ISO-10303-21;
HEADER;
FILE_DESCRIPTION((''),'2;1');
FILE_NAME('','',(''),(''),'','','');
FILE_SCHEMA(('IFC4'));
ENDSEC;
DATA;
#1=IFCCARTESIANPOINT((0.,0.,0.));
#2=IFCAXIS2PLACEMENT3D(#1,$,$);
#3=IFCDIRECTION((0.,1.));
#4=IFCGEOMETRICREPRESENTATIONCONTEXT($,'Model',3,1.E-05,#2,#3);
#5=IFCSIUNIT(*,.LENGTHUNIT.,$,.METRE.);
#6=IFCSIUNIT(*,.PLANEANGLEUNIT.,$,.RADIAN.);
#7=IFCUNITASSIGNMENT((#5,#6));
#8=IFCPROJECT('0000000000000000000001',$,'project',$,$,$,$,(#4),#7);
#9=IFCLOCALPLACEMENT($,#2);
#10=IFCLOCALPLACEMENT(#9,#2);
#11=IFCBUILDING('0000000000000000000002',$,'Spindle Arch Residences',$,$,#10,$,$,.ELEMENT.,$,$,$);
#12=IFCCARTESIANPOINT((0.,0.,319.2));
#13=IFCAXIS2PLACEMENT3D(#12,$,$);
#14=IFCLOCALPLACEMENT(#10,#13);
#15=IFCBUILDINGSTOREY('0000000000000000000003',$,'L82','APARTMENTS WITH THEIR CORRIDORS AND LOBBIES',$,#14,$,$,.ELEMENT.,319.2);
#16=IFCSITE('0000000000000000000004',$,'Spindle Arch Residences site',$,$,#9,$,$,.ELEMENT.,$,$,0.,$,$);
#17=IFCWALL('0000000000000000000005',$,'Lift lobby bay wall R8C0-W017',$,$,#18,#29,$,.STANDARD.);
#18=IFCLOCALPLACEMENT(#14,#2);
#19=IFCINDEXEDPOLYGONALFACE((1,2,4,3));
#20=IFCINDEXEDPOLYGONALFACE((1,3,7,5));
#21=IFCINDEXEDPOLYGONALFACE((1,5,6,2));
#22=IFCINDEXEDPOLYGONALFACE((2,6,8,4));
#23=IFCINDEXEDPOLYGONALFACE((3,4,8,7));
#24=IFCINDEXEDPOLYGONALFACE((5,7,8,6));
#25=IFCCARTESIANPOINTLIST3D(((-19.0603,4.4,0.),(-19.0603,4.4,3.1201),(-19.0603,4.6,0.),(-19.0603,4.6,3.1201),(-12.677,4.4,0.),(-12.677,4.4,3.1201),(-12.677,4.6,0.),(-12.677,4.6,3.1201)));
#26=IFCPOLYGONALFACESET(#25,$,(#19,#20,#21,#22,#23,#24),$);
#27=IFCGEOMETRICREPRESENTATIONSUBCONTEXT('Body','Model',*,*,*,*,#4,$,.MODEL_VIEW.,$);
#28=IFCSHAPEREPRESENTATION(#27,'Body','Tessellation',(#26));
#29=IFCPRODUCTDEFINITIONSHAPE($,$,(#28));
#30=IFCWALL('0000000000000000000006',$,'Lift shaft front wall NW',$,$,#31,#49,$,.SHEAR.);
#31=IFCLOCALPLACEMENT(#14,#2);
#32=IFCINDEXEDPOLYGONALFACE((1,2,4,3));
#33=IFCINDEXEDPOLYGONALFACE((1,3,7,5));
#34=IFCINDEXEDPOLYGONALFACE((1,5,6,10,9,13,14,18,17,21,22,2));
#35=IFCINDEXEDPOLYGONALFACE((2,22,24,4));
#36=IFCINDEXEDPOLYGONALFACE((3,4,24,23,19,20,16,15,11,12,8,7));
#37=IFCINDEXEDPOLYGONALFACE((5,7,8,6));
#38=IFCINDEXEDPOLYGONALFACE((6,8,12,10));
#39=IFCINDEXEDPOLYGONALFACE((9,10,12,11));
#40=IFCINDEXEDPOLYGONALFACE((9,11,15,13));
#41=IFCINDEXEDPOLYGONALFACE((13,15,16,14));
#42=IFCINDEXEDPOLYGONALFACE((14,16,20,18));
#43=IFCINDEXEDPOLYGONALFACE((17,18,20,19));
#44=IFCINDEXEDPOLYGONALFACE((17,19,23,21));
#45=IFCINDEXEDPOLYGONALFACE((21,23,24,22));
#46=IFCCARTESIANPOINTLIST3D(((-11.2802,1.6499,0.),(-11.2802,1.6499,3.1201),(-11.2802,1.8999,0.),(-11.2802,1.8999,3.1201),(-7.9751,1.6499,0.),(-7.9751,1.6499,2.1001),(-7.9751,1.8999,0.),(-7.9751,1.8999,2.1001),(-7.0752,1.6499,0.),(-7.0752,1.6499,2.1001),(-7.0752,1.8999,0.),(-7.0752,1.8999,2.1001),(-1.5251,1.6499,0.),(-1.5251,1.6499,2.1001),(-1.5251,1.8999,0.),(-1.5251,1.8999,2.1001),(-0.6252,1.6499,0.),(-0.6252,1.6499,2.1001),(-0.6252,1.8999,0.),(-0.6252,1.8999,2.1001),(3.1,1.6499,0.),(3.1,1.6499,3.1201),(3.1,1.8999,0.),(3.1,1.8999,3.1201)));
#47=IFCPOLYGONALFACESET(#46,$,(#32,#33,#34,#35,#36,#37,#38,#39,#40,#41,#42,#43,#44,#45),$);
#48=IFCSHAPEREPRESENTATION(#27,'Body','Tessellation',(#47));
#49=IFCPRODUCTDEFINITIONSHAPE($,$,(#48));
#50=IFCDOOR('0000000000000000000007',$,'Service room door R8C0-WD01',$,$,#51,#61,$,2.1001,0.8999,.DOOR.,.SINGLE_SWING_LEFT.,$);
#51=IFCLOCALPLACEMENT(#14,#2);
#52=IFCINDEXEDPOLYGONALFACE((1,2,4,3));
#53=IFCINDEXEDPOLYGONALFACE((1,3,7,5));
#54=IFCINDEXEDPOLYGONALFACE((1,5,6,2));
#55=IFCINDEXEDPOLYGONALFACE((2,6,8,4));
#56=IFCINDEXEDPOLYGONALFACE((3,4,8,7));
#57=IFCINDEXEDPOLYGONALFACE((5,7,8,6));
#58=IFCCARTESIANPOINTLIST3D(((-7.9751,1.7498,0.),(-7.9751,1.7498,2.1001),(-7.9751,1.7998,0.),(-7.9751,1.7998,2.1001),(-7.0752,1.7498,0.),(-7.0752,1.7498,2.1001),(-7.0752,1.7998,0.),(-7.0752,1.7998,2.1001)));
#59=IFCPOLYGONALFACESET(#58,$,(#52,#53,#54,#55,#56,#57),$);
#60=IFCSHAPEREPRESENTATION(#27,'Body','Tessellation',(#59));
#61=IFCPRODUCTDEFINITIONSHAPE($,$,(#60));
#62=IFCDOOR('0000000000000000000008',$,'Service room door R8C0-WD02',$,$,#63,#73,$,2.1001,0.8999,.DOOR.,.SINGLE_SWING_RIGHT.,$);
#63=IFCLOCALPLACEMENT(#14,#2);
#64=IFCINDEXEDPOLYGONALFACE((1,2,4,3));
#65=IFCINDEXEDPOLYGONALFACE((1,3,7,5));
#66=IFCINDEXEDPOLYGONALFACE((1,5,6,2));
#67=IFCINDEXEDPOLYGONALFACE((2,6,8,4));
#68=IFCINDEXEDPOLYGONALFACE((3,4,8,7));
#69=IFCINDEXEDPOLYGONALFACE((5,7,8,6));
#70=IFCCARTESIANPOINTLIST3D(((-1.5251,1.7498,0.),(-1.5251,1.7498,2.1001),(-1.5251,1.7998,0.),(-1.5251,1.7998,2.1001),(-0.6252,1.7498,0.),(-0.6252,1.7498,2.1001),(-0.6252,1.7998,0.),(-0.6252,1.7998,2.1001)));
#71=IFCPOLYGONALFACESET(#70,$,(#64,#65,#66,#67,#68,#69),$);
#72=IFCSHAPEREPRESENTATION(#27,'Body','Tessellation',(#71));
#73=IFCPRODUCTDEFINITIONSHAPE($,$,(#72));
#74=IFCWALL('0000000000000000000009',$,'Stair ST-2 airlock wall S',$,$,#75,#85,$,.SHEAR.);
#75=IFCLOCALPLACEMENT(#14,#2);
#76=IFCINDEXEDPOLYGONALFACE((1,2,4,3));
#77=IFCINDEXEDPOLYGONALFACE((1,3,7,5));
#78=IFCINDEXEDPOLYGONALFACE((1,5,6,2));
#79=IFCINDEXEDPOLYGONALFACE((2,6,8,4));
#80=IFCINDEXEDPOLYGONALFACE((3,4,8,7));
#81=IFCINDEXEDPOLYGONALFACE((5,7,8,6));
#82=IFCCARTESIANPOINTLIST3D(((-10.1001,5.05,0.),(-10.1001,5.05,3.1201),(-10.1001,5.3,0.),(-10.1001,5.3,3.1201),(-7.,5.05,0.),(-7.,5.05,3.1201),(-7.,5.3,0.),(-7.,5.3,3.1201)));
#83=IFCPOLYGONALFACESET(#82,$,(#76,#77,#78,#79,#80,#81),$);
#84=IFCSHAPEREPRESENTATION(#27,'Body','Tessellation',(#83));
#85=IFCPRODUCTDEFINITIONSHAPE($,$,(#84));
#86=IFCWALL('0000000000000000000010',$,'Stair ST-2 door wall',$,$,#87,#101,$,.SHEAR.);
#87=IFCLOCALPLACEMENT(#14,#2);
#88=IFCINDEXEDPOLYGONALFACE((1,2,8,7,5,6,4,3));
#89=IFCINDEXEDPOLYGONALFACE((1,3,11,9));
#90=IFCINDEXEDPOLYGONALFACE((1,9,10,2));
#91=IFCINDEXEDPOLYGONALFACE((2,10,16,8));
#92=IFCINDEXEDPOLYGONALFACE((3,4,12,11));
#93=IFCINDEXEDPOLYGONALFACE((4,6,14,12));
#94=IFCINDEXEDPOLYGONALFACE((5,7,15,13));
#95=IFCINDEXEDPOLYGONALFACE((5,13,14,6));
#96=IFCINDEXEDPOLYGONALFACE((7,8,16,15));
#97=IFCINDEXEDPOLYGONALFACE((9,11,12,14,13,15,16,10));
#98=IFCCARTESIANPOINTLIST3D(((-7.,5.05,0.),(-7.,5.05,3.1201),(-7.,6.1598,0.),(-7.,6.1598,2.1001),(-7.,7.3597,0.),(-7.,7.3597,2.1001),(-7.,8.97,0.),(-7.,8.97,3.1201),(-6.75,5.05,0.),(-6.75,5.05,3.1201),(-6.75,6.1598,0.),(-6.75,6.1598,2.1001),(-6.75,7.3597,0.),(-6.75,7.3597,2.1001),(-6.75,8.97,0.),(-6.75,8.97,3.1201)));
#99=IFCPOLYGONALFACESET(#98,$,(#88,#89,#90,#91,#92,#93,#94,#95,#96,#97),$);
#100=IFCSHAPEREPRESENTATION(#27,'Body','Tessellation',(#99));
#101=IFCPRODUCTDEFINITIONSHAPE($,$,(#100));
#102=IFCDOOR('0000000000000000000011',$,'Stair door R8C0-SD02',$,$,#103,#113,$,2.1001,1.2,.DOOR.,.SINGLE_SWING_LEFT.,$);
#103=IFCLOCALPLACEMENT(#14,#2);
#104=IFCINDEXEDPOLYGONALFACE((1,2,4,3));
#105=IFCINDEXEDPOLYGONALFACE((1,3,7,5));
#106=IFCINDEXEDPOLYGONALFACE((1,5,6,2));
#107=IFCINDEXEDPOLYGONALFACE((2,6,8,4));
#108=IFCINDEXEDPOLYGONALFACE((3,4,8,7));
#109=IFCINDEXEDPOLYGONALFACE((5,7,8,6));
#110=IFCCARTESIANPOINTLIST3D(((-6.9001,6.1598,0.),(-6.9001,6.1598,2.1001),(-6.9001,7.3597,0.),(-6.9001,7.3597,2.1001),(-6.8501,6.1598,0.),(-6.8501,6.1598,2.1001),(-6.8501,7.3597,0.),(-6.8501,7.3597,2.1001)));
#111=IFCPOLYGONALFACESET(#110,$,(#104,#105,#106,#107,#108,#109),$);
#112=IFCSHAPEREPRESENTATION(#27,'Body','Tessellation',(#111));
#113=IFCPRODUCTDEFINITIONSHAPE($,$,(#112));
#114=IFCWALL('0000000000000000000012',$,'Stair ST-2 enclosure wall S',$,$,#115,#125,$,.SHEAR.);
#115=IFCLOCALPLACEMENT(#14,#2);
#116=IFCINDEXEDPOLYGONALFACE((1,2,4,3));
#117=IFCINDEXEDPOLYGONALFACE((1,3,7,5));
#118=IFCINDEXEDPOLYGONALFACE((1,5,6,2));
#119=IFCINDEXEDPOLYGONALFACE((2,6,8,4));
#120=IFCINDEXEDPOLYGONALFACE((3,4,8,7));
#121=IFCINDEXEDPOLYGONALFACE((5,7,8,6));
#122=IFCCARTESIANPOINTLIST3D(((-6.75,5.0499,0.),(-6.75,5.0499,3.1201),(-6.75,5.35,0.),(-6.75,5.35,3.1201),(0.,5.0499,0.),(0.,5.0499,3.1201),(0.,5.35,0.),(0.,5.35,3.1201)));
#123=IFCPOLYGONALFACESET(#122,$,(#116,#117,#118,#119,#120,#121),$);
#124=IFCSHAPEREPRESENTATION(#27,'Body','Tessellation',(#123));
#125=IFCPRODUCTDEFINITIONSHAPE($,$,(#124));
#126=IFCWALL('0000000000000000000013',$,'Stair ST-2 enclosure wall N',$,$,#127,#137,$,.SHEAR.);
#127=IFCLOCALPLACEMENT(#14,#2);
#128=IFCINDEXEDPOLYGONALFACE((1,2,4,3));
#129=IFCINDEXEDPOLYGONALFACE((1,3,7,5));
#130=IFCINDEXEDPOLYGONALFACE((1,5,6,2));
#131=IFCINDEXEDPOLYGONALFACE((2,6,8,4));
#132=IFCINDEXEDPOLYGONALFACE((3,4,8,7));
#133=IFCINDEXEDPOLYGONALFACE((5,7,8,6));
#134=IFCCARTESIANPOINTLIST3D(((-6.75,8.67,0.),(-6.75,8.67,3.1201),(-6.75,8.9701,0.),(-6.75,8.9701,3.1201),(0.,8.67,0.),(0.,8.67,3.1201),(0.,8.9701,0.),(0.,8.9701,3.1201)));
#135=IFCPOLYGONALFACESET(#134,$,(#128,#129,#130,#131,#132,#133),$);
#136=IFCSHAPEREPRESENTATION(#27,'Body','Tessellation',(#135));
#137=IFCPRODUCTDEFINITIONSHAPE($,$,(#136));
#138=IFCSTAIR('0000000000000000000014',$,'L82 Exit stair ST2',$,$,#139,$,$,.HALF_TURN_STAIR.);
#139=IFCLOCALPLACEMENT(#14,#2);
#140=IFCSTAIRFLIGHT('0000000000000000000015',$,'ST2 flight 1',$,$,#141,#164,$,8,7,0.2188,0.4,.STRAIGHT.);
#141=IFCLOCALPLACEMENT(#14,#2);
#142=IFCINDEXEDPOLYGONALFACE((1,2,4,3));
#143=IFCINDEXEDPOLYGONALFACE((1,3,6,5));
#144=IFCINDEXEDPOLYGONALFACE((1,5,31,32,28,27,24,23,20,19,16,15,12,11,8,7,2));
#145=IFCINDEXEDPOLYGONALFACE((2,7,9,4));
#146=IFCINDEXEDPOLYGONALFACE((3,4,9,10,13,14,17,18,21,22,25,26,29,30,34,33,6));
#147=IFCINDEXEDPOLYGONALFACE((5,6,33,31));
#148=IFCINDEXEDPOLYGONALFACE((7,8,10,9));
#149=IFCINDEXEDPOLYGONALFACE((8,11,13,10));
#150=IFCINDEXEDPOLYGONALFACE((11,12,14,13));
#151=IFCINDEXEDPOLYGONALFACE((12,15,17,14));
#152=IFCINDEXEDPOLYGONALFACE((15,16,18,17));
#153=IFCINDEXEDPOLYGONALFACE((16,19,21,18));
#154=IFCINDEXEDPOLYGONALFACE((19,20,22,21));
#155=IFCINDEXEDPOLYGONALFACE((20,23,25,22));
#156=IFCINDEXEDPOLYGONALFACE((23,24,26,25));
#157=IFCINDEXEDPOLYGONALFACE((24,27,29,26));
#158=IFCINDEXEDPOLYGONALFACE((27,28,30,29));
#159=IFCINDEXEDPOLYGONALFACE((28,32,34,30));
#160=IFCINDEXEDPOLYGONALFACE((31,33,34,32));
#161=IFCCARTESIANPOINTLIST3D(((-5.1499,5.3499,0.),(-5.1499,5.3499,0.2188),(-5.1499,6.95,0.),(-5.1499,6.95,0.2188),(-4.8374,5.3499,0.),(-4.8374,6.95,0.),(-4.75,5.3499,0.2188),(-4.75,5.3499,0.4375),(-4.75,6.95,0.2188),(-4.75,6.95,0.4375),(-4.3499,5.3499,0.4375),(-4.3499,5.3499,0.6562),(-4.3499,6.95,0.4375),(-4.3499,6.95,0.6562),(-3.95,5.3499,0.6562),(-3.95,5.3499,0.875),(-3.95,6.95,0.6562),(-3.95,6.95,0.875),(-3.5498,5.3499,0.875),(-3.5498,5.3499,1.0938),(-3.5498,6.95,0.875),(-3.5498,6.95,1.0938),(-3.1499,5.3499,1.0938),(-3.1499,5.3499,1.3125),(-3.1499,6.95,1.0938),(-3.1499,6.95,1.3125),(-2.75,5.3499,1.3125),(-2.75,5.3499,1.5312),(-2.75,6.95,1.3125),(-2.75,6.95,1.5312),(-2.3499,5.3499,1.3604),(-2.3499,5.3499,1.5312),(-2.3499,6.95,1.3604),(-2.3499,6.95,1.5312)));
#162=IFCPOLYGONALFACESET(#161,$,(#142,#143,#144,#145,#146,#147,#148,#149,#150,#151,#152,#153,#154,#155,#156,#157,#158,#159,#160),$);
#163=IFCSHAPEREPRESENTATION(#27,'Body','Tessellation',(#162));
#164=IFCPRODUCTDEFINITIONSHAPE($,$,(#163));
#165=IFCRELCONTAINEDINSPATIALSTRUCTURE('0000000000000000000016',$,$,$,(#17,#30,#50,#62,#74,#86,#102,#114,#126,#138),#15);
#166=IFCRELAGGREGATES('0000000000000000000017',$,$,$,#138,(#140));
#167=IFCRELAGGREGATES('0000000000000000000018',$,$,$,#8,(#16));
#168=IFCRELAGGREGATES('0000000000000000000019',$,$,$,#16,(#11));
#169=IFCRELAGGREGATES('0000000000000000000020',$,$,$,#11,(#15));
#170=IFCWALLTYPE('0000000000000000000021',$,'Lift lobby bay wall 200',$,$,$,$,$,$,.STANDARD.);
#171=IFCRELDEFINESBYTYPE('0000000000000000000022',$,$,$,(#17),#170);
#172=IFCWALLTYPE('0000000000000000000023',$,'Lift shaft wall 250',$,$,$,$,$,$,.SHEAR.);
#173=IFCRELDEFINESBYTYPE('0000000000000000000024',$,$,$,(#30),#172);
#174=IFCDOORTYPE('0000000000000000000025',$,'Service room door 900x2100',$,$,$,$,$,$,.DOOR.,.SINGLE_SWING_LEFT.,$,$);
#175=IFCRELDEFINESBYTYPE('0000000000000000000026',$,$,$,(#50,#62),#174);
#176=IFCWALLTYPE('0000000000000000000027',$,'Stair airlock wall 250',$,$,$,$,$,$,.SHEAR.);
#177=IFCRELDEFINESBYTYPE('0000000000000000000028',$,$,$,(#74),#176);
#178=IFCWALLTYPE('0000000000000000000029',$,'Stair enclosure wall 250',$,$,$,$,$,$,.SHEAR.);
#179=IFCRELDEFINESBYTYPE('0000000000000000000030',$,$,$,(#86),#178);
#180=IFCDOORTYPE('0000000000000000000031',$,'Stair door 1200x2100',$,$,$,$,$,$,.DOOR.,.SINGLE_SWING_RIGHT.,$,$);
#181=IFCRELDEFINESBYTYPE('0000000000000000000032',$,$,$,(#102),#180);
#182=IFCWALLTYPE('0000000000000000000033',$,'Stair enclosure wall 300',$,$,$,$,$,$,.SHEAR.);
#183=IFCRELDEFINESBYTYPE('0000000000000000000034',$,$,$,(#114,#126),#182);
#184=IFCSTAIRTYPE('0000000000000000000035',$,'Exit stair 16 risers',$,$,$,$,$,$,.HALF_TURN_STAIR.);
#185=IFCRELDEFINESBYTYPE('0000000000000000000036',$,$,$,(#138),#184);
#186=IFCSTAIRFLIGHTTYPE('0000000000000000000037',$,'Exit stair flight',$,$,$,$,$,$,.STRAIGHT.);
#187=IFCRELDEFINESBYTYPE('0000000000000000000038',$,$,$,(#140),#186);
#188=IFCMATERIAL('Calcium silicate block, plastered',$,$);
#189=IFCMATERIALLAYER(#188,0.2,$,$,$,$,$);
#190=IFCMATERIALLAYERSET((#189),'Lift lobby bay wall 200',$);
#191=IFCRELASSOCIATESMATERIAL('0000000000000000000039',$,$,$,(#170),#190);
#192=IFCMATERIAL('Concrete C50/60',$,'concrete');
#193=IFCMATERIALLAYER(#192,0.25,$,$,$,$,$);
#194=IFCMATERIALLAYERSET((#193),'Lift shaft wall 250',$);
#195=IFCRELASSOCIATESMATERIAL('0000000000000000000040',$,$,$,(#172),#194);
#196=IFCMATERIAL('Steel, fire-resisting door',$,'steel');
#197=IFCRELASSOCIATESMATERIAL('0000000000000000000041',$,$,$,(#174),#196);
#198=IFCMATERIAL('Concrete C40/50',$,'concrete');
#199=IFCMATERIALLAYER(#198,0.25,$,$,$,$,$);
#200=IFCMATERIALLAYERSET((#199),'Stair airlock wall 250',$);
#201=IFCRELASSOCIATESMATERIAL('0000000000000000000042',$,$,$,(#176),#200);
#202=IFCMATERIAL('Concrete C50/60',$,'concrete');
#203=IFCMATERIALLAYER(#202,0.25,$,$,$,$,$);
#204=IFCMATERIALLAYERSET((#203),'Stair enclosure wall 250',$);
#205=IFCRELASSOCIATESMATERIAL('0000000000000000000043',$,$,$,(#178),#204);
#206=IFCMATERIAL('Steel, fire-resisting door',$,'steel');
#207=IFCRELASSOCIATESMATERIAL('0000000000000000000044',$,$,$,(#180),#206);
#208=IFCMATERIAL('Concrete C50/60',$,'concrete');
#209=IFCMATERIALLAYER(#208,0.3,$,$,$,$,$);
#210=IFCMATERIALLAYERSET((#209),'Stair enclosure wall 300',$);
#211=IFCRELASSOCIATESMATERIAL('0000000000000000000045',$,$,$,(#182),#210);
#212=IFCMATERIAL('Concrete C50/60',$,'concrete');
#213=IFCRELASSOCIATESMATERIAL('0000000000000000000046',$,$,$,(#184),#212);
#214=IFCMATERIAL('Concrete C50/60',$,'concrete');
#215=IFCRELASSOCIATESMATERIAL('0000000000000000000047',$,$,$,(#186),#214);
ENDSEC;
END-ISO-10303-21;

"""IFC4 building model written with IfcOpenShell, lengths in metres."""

from ifc_helpers import new_model, si_unit, direction, frame, frame_2d, origin, place, context, subcontext, project, spatial, polyline, rectangle, outline, extrude, material, layer, layer_set, type_object, element, fill, aggregate, save


model = new_model("IFC4")

# Units and contexts
model_context = context("Model", 3, precision=1e-05, world=origin(), true_north=direction((0.0, 1.0)))
body_context = subcontext(model_context, "Body", "Model", "MODEL_VIEW")
ifc_project = project(units=[si_unit("LENGTHUNIT", "METRE"), si_unit("PLANEANGLEUNIT", "RADIAN")], contexts=[model_context])

# Site, building, storey
site_placement = place(None, origin())
site = spatial("IfcSite", under=ifc_project, at=site_placement, Name="Spindle Arch Residences site", CompositionType="ELEMENT", RefElevation=0.0)
building_placement = place(site_placement, origin())
building = spatial("IfcBuilding", under=site, at=building_placement, Name="Spindle Arch Residences", CompositionType="ELEMENT")
storey_placement = place(building_placement, frame((0.0, 0.0, 319.2)))
storey = spatial("IfcBuildingStorey", under=building, at=storey_placement, Name="L82", Description="APARTMENTS WITH THEIR CORRIDORS AND LOBBIES", CompositionType="ELEMENT", Elevation=319.2)

# Shared definitions
ifc_material_1 = material(Name="Calcium silicate block, plastered")
ifc_layer_1 = layer(ifc_material_1, 0.2)
ifc_layer_set_1 = layer_set([ifc_layer_1], Name="Lift lobby bay wall 200")
wall_type_1 = type_object("IfcWallType", Name="Lift lobby bay wall 200", PredefinedType="STANDARD", material=ifc_layer_set_1)

# Wall
wall_1_placement = place(storey_placement, frame((-12.677, 4.5, 0.0), z_axis=(0.0, 0.0, 1.0), x_axis=(-1.0, 0.0, 0.0)))
element("IfcWall", 1, at=wall_1_placement, inside=storey, type_object=wall_type_1, Name="Lift lobby bay wall R8C0-W017", PredefinedType="STANDARD", context=body_context, shape_type="SweptSolid", body=[
    extrude(rectangle(XDim=6.3833, YDim=0.2, at=frame_2d((3.1917, 0.0))), origin(), (0.0, 0.0, 1.0), 3.1201),
])

# Wall, openings, doors
ifc_material_2 = material(Name="Concrete C50/60", Category="concrete")
ifc_layer_2 = layer(ifc_material_2, 0.25)
ifc_layer_set_2 = layer_set([ifc_layer_2], Name="Lift shaft wall 250")
wall_type_2 = type_object("IfcWallType", Name="Lift shaft wall 250", PredefinedType="SHEAR", material=ifc_layer_set_2)
wall_2_placement = place(storey_placement, frame((-11.28, 1.7749, 0.0), z_axis=(0.0, 0.0, 1.0), x_axis=(1.0, 0.0, 0.0)))
wall_2 = element("IfcWall", 2, at=wall_2_placement, inside=storey, type_object=wall_type_2, Name="Lift shaft front wall NW", PredefinedType="SHEAR", context=body_context, shape_type="SweptSolid", body=[
    extrude(rectangle(XDim=14.3801, YDim=0.25, at=frame_2d((7.1899, 0.0))), origin(), (0.0, 0.0, 1.0), 3.1201),
])
opening_1_placement = place(wall_2_placement, frame((3.3049, 0.0, 0.0)))
opening_1 = element("IfcOpeningElement", 3, at=opening_1_placement, cuts=wall_2, PredefinedType="OPENING", context=body_context, shape_type="SweptSolid", body=[
    extrude(rectangle(XDim=0.8999, YDim=2.1001, at=frame_2d((0.45, 1.05))), frame((0.0, 0.135, 0.0), z_axis=(0.0, -1.0, 0.0), x_axis=(1.0, 0.0, 0.0)), (0.0, 0.0, 1.0), 0.27),
])
opening_2_placement = place(wall_2_placement, frame((9.7549, 0.0, 0.0)))
opening_2 = element("IfcOpeningElement", 4, at=opening_2_placement, cuts=wall_2, PredefinedType="OPENING", context=body_context, shape_type="SweptSolid", body=[
    extrude(rectangle(XDim=0.8999, YDim=2.1001, at=frame_2d((0.45, 1.05))), frame((0.0, 0.135, 0.0), z_axis=(0.0, -1.0, 0.0), x_axis=(1.0, 0.0, 0.0)), (0.0, 0.0, 1.0), 0.27),
])
ifc_material_3 = material(Name="Steel, fire-resisting door", Category="steel")
door_type_1 = type_object("IfcDoorType", Name="Service room door 900x2100", OperationType="SINGLE_SWING_LEFT", PredefinedType="DOOR", material=ifc_material_3)
door_1_placement = place(opening_1_placement, origin())
door_1 = element("IfcDoor", 5, at=door_1_placement, inside=storey, type_object=door_type_1, Name="Service room door R8C0-WD01", OperationType="SINGLE_SWING_LEFT", OverallHeight=2.1001, OverallWidth=0.8999, PredefinedType="DOOR", context=body_context, shape_type="SweptSolid", body=[
    extrude(rectangle(XDim=0.8999, YDim=2.1001, at=frame_2d((0.45, 1.05))), frame((0.0, 0.0249, 0.0), z_axis=(0.0, -1.0, 0.0), x_axis=(1.0, 0.0, 0.0)), (0.0, 0.0, 1.0), 0.05),
])
fill(opening_1, door_1)
door_2_placement = place(opening_2_placement, origin())
door_2 = element("IfcDoor", 6, at=door_2_placement, inside=storey, type_object=door_type_1, Name="Service room door R8C0-WD02", OperationType="SINGLE_SWING_RIGHT", OverallHeight=2.1001, OverallWidth=0.8999, PredefinedType="DOOR", context=body_context, shape_type="SweptSolid", body=[
    extrude(rectangle(XDim=0.8999, YDim=2.1001, at=frame_2d((0.45, 1.05))), frame((0.0, 0.0249, 0.0), z_axis=(0.0, -1.0, 0.0), x_axis=(1.0, 0.0, 0.0)), (0.0, 0.0, 1.0), 0.05),
])
fill(opening_2, door_2)

# Wall
ifc_material_4 = material(Name="Concrete C40/50", Category="concrete")
ifc_layer_3 = layer(ifc_material_4, 0.25)
ifc_layer_set_3 = layer_set([ifc_layer_3], Name="Stair airlock wall 250")
wall_type_3 = type_object("IfcWallType", Name="Stair airlock wall 250", PredefinedType="SHEAR", material=ifc_layer_set_3)
wall_3_placement = place(storey_placement, frame((-7.0, 5.175, 0.0), z_axis=(0.0, 0.0, 1.0), x_axis=(-1.0, 0.0, 0.0)))
element("IfcWall", 7, at=wall_3_placement, inside=storey, type_object=wall_type_3, Name="Stair ST-2 airlock wall S", PredefinedType="SHEAR", context=body_context, shape_type="SweptSolid", body=[
    extrude(rectangle(XDim=3.1001, YDim=0.25, at=frame_2d((1.55, 0.0))), origin(), (0.0, 0.0, 1.0), 3.1201),
])

# Wall, opening, door
ifc_material_5 = material(Name="Concrete C50/60", Category="concrete")
ifc_layer_4 = layer(ifc_material_5, 0.25)
ifc_layer_set_4 = layer_set([ifc_layer_4], Name="Stair enclosure wall 250")
wall_type_4 = type_object("IfcWallType", Name="Stair enclosure wall 250", PredefinedType="SHEAR", material=ifc_layer_set_4)
wall_4_placement = place(storey_placement, frame((-6.875, 8.97, 0.0), z_axis=(0.0, 0.0, 1.0), x_axis=(0.0, -1.0, 0.0)))
wall_4 = element("IfcWall", 8, at=wall_4_placement, inside=storey, type_object=wall_type_4, Name="Stair ST-2 door wall", PredefinedType="SHEAR", context=body_context, shape_type="SweptSolid", body=[
    extrude(rectangle(XDim=3.9199, YDim=0.25, at=frame_2d((1.96, 0.0))), origin(), (0.0, 0.0, 1.0), 3.1201),
])
opening_3_placement = place(wall_4_placement, frame((1.6101, 0.0, 0.0)))
opening_3 = element("IfcOpeningElement", 9, at=opening_3_placement, cuts=wall_4, PredefinedType="OPENING", context=body_context, shape_type="SweptSolid", body=[
    extrude(rectangle(XDim=1.2, YDim=2.1001, at=frame_2d((0.6001, 1.05))), frame((0.0, 0.135, 0.0), z_axis=(0.0, -1.0, 0.0), x_axis=(1.0, 0.0, 0.0)), (0.0, 0.0, 1.0), 0.27),
])
ifc_material_6 = material(Name="Steel, fire-resisting door", Category="steel")
door_type_2 = type_object("IfcDoorType", Name="Stair door 1200x2100", OperationType="SINGLE_SWING_RIGHT", PredefinedType="DOOR", material=ifc_material_6)
door_3_placement = place(opening_3_placement, origin())
door_3 = element("IfcDoor", 10, at=door_3_placement, inside=storey, type_object=door_type_2, Name="Stair door R8C0-SD02", OperationType="SINGLE_SWING_LEFT", OverallHeight=2.1001, OverallWidth=1.2, PredefinedType="DOOR", context=body_context, shape_type="SweptSolid", body=[
    extrude(rectangle(XDim=1.2, YDim=2.1001, at=frame_2d((0.6001, 1.05))), frame((0.0, 0.0249, 0.0), z_axis=(0.0, -1.0, 0.0), x_axis=(1.0, 0.0, 0.0)), (0.0, 0.0, 1.0), 0.05),
])
fill(opening_3, door_3)

# Walls
ifc_material_7 = material(Name="Concrete C50/60", Category="concrete")
ifc_layer_5 = layer(ifc_material_7, 0.3)
ifc_layer_set_5 = layer_set([ifc_layer_5], Name="Stair enclosure wall 300")
wall_type_5 = type_object("IfcWallType", Name="Stair enclosure wall 300", PredefinedType="SHEAR", material=ifc_layer_set_5)
for number, where, z_axis, x_axis, name in (
    (11, (-6.75, 5.2, 0.0), (0.0, 0.0, 1.0), (1.0, 0.0, 0.0), "Stair ST-2 enclosure wall S"),
    (12, (-6.75, 8.8201, 0.0), (0.0, 0.0, 1.0), (1.0, 0.0, 0.0), "Stair ST-2 enclosure wall N"),
):
    element("IfcWall", number, at=place(storey_placement, frame(where, z_axis=z_axis, x_axis=x_axis)), inside=storey, type_object=wall_type_5, Name=name, PredefinedType="SHEAR", context=body_context, shape_type="SweptSolid", body=[
        extrude(rectangle(XDim=6.75, YDim=0.3, at=frame_2d((3.375, 0.0))), origin(), (0.0, 0.0, 1.0), 3.1201),
    ])

# Stair, stair flight
ifc_material_8 = material(Name="Concrete C50/60", Category="concrete")
stair_type = type_object("IfcStairType", Name="Exit stair 16 risers", PredefinedType="HALF_TURN_STAIR", material=ifc_material_8)
stair_placement = place(storey_placement, origin())
stair = element("IfcStair", 13, at=stair_placement, inside=storey, type_object=stair_type, Name="L82 Exit stair ST2", PredefinedType="HALF_TURN_STAIR")
ifc_material_9 = material(Name="Concrete C50/60", Category="concrete")
stair_flight_type = type_object("IfcStairFlightType", Name="Exit stair flight", PredefinedType="STRAIGHT", material=ifc_material_9)
stair_flight_1_placement = place(storey_placement, frame((-5.1499, 6.1499, 0.0), z_axis=(0.0, 0.0, 1.0), x_axis=(1.0, 0.0, 0.0)))
stair_flight_1 = element("IfcStairFlight", 14, at=stair_flight_1_placement, type_object=stair_flight_type, Name="ST2 flight 1", NumberOfRisers=8, NumberOfTreads=7, PredefinedType="STRAIGHT", RiserHeight=0.2188, TreadLength=0.4, context=body_context, shape_type="SweptSolid", body=[
    extrude(outline(polyline([(0.0, 0.0), (0.0, 0.2188), (0.3999, 0.2188), (0.3999, 0.4375), (0.8, 0.4375), (0.8, 0.6562), (1.2, 0.6562), (1.2, 0.875), (1.6001, 0.875), (1.6001, 1.0938), (2.0, 1.0938), (2.0, 1.3125), (2.3999, 1.3125), (2.3999, 1.5312), (2.8, 1.5312), (2.8, 1.75), (2.8, 1.3604), (0.3125, 0.0), (0.0, 0.0)])), frame((0.0, 0.8, 0.0), z_axis=(0.0, -1.0, 0.0), x_axis=(1.0, 0.0, 0.0)), (0.0, 0.0, 1.0), 1.6001),
])
aggregate(stair, [stair_flight_1])

save(model, "model.ifc")
